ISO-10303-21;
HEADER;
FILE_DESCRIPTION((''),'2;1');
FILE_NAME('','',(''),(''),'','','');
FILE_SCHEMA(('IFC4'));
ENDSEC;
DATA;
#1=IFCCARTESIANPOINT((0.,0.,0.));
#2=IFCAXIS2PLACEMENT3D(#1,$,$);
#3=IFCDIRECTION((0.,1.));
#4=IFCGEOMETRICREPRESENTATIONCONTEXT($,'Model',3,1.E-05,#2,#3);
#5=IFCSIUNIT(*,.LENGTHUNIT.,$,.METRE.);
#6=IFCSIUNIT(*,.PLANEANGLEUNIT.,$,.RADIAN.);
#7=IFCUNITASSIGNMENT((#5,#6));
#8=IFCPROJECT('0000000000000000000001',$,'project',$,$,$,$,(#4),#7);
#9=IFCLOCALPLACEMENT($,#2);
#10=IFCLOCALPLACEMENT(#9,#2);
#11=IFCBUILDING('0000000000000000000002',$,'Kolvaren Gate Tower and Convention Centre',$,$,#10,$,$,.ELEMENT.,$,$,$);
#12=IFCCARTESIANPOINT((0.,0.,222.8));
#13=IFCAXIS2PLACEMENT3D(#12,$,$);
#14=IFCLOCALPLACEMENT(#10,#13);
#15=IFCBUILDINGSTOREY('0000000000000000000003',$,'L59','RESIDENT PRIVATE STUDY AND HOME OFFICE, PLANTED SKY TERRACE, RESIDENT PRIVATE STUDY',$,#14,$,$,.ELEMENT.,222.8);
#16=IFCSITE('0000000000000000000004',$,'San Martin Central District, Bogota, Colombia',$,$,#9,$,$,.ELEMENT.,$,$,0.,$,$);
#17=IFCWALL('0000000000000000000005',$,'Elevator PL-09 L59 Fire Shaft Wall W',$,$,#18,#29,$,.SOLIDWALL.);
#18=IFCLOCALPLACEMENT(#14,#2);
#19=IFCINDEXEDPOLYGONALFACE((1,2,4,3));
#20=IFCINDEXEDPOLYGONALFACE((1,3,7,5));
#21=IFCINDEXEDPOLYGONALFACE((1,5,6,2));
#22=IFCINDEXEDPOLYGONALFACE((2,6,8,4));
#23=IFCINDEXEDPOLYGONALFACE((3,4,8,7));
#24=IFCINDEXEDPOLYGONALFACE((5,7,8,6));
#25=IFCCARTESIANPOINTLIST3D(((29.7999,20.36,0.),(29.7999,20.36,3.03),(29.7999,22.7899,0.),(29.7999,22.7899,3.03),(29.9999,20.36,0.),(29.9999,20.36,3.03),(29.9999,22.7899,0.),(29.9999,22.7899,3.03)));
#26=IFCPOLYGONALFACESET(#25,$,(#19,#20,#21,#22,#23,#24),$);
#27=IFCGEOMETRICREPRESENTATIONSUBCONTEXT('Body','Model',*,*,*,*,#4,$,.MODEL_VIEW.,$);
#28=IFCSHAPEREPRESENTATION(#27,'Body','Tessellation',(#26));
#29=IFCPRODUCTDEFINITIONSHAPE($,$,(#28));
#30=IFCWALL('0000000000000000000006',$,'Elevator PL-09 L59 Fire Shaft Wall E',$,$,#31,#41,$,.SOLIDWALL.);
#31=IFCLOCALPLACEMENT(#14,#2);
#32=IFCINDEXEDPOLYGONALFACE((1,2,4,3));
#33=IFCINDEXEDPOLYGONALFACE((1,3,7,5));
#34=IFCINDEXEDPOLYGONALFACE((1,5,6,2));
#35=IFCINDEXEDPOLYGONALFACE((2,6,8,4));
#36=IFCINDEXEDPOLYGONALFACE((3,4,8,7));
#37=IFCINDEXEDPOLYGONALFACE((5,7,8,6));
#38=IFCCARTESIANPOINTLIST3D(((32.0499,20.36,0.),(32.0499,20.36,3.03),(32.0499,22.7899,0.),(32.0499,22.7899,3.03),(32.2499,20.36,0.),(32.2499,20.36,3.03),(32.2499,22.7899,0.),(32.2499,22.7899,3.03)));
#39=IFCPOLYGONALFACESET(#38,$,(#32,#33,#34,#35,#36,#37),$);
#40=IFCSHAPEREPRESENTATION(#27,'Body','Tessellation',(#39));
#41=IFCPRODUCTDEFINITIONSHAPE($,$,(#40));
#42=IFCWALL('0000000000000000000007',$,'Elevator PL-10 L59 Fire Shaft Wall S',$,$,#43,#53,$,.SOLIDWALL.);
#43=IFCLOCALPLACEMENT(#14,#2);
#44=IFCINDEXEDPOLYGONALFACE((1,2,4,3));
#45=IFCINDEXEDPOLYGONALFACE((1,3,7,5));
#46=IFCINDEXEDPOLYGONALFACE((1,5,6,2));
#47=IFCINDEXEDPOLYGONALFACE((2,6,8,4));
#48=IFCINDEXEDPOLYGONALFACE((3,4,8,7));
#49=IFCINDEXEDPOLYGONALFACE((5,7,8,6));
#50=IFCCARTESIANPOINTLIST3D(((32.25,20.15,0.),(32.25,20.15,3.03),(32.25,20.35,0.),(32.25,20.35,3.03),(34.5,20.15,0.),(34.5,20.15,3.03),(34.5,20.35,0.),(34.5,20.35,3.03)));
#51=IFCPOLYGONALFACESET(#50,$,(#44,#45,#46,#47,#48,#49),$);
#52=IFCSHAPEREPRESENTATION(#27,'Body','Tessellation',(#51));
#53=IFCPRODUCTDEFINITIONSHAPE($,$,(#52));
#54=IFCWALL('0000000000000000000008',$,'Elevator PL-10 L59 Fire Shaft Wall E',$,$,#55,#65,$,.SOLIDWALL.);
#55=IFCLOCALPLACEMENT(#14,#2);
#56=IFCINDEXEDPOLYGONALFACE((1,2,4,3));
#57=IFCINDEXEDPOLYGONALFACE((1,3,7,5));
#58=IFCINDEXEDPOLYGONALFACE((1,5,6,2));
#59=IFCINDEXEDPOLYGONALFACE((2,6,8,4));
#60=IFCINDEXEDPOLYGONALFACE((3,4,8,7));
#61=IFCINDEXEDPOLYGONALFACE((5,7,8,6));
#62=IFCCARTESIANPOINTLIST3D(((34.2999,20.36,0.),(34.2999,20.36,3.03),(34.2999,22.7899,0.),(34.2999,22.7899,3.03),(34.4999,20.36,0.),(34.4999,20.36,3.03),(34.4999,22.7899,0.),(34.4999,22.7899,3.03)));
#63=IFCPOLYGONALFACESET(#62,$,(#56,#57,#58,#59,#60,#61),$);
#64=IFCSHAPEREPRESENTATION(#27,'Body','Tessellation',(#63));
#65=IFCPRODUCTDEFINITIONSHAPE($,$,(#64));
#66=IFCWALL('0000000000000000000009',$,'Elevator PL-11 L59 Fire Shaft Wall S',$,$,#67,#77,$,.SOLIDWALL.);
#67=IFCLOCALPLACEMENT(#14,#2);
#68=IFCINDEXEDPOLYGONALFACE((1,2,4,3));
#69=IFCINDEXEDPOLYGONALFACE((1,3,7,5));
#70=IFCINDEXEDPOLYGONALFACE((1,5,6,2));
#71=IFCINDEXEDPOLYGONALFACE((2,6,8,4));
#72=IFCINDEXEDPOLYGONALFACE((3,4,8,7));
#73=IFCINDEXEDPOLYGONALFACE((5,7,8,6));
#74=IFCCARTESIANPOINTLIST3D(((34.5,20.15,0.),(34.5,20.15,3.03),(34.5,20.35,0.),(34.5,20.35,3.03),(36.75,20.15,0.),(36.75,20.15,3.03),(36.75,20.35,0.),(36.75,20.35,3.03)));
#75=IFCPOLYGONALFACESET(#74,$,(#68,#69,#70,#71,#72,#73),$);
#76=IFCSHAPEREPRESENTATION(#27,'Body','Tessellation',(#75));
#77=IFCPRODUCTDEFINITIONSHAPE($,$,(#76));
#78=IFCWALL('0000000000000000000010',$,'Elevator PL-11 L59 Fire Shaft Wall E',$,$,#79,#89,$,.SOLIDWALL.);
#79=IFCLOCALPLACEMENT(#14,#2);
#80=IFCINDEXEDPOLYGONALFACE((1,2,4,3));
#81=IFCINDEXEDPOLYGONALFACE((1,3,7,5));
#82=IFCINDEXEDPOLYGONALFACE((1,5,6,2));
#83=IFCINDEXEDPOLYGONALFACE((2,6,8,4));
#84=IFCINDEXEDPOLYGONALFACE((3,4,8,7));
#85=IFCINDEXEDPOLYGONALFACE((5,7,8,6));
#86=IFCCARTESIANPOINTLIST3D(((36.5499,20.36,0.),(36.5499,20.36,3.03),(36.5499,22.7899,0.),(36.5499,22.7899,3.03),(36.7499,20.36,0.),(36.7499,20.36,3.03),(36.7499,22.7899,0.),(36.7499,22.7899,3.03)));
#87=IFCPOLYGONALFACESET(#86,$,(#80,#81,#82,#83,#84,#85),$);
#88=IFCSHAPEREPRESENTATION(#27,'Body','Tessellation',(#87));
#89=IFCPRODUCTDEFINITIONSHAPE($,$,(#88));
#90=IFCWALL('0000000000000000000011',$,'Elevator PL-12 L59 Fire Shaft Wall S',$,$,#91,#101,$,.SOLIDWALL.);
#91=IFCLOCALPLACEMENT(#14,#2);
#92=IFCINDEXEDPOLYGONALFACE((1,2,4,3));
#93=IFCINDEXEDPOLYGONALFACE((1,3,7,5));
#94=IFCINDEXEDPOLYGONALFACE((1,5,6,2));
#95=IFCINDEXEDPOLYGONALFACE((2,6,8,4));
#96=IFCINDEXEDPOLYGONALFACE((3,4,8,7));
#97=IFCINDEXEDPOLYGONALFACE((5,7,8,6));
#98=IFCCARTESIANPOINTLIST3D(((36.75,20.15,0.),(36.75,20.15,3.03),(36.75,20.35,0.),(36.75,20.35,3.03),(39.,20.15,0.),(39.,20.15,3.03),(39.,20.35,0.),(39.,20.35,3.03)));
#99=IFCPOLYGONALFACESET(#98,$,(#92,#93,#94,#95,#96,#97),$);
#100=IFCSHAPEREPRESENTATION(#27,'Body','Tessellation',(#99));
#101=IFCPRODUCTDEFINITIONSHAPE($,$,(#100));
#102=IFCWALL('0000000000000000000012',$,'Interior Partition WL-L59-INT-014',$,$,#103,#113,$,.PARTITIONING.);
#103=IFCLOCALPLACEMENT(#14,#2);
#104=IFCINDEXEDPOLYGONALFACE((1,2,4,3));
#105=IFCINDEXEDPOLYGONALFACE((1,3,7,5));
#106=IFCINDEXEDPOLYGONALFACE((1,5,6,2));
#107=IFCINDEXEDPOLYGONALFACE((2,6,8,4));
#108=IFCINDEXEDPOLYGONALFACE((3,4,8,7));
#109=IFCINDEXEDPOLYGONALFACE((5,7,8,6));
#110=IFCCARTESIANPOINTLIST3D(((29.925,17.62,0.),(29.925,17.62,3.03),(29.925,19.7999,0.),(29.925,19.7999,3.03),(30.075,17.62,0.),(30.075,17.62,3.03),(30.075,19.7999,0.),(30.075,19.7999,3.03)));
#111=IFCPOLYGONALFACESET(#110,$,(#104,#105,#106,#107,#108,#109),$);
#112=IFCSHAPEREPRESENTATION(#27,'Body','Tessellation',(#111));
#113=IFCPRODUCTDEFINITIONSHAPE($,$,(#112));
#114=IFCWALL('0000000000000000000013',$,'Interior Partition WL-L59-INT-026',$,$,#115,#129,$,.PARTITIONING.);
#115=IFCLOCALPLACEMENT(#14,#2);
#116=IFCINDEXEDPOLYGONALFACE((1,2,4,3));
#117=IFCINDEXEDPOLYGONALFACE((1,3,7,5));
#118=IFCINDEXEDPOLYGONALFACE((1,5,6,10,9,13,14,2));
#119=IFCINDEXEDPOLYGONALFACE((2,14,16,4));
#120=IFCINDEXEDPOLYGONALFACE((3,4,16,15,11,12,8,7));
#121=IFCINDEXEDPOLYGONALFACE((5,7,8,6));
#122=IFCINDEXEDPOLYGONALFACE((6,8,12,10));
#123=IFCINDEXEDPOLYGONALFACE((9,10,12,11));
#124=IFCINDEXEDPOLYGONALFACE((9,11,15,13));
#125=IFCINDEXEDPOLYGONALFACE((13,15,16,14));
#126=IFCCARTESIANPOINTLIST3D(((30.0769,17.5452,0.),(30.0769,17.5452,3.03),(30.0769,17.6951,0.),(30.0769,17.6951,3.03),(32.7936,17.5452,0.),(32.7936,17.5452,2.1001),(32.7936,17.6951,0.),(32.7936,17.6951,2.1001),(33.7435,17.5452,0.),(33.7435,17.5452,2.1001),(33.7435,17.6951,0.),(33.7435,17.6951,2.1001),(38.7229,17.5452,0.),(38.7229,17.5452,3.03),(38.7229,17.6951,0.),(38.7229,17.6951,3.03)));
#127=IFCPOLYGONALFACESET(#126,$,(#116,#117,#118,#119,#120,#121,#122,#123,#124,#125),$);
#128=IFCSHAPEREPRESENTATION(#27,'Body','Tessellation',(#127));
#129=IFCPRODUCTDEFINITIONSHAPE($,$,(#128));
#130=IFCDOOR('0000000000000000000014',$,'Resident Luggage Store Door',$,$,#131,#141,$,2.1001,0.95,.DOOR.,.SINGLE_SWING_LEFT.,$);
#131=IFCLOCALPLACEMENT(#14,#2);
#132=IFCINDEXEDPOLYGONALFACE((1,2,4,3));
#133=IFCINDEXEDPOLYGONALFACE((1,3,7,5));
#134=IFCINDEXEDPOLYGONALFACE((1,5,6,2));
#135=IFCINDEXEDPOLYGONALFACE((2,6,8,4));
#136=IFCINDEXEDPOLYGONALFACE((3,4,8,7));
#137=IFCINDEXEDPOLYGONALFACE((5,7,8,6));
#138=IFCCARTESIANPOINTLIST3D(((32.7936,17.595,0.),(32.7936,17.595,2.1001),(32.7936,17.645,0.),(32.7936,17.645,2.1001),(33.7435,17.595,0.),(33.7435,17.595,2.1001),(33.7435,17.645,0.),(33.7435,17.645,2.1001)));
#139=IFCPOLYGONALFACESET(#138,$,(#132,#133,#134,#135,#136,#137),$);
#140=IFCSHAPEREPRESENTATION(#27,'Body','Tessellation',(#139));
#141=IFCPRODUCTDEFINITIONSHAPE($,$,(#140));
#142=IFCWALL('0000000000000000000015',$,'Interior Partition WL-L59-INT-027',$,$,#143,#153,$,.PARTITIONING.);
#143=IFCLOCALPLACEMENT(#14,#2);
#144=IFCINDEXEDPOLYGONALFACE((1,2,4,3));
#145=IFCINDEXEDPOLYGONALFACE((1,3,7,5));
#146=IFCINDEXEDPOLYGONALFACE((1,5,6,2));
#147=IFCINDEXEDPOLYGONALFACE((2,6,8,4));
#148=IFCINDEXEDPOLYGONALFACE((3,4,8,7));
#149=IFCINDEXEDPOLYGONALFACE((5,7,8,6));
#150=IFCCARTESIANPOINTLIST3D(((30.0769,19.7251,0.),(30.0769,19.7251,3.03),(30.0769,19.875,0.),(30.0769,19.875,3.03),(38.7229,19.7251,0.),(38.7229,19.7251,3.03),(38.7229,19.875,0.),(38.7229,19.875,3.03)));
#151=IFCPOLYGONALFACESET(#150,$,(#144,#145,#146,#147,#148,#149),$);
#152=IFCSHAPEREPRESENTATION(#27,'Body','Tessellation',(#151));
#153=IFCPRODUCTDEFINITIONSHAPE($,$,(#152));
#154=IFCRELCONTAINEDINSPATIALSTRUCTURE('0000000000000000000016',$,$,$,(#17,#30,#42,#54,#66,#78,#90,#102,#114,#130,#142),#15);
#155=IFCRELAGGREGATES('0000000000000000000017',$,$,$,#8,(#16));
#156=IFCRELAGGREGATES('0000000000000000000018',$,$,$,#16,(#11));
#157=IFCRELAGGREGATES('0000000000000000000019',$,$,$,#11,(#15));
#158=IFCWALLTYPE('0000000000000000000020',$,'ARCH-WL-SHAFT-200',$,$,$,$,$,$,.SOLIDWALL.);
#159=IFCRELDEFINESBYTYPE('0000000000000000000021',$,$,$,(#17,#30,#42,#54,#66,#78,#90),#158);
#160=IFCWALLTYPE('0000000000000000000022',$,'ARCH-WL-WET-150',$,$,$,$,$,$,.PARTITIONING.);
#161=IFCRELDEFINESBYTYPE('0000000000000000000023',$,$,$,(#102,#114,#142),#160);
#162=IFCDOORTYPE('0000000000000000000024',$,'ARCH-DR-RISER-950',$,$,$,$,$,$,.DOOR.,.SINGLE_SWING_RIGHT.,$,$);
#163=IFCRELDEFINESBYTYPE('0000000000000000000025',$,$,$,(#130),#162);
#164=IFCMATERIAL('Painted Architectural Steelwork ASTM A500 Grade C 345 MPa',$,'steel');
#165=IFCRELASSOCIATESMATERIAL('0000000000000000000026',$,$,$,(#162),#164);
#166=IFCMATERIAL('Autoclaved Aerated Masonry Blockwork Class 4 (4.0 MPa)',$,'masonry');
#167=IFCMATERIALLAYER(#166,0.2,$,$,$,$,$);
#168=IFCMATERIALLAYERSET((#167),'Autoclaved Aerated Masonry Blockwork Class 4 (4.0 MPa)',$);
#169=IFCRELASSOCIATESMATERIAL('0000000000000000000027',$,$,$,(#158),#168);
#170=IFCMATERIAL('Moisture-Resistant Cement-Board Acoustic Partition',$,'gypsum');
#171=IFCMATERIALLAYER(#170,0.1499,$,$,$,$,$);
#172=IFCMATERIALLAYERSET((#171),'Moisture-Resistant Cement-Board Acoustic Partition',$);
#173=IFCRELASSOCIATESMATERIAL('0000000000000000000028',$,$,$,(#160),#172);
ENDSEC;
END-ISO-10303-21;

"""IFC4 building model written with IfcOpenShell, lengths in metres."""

from ifc_helpers import new_model, si_unit, direction, frame, frame_2d, origin, place, context, subcontext, project, spatial, rectangle, extrude, material, layer, layer_set, type_object, element, fill, save


model = new_model("IFC4")

# Units and contexts
model_context = context("Model", 3, precision=1e-05, world=origin(), true_north=direction((0.0, 1.0)))
body_context = subcontext(model_context, "Body", "Model", "MODEL_VIEW")
ifc_project = project(units=[si_unit("LENGTHUNIT", "METRE"), si_unit("PLANEANGLEUNIT", "RADIAN")], contexts=[model_context])

# Site, building, storey
site_placement = place(None, origin())
site = spatial("IfcSite", under=ifc_project, at=site_placement, Name="San Martin Central District, Bogota, Colombia", CompositionType="ELEMENT", RefElevation=0.0)
building_placement = place(site_placement, origin())
building = spatial("IfcBuilding", under=site, at=building_placement, Name="Kolvaren Gate Tower and Convention Centre", CompositionType="ELEMENT")
storey_placement = place(building_placement, frame((0.0, 0.0, 222.8)))
storey = spatial("IfcBuildingStorey", under=building, at=storey_placement, Name="L59", Description="RESIDENT PRIVATE STUDY AND HOME OFFICE, PLANTED SKY TERRACE, RESIDENT PRIVATE STUDY", CompositionType="ELEMENT", Elevation=222.8)

# Shared definitions
ifc_material_1 = material(Name="Painted Architectural Steelwork ASTM A500 Grade C 345 MPa", Category="steel")
door_type_1 = type_object("IfcDoorType", Name="ARCH-DR-RISER-950", OperationType="SINGLE_SWING_RIGHT", PredefinedType="DOOR", material=ifc_material_1)

# Shared definitions
ifc_material_2 = material(Name="Autoclaved Aerated Masonry Blockwork Class 4 (4.0 MPa)", Category="masonry")
ifc_layer_1 = layer(ifc_material_2, 0.2)
ifc_layer_set_1 = layer_set([ifc_layer_1], Name="Autoclaved Aerated Masonry Blockwork Class 4 (4.0 MPa)")
wall_type_1 = type_object("IfcWallType", Name="ARCH-WL-SHAFT-200", PredefinedType="SOLIDWALL", material=ifc_layer_set_1)

# Walls
for number, where, z_axis, x_axis, name in (
    (1, (29.8999, 20.3601, 0.0), (0.0, 0.0, 1.0), (0.0, 1.0, 0.0), "Elevator PL-09 L59 Fire Shaft Wall W"),
    (2, (32.1499, 20.3601, 0.0), (0.0, 0.0, 1.0), (0.0, 1.0, 0.0), "Elevator PL-09 L59 Fire Shaft Wall E"),
):
    element("IfcWall", number, at=place(storey_placement, frame(where, z_axis=z_axis, x_axis=x_axis)), inside=storey, type_object=wall_type_1, Name=name, PredefinedType="SOLIDWALL", context=body_context, shape_type="SweptSolid", body=[
        extrude(rectangle(XDim=2.4299, YDim=0.2, at=frame_2d((1.2148, 0.0))), origin(), (0.0, 0.0, 1.0), 3.03),
    ])
wall_1_placement = place(storey_placement, frame((32.25, 20.25, 0.0), z_axis=(0.0, 0.0, 1.0), x_axis=(1.0, 0.0, 0.0)))
element("IfcWall", 3, at=wall_1_placement, inside=storey, type_object=wall_type_1, Name="Elevator PL-10 L59 Fire Shaft Wall S", PredefinedType="SOLIDWALL", context=body_context, shape_type="SweptSolid", body=[
    extrude(rectangle(XDim=2.25, YDim=0.2, at=frame_2d((1.125, 0.0))), origin(), (0.0, 0.0, 1.0), 3.03),
])
wall_2_placement = place(storey_placement, frame((34.3999, 20.3601, 0.0), z_axis=(0.0, 0.0, 1.0), x_axis=(0.0, 1.0, 0.0)))
element("IfcWall", 4, at=wall_2_placement, inside=storey, type_object=wall_type_1, Name="Elevator PL-10 L59 Fire Shaft Wall E", PredefinedType="SOLIDWALL", context=body_context, shape_type="SweptSolid", body=[
    extrude(rectangle(XDim=2.4299, YDim=0.2, at=frame_2d((1.2148, 0.0))), origin(), (0.0, 0.0, 1.0), 3.03),
])
wall_3_placement = place(storey_placement, frame((34.5, 20.25, 0.0), z_axis=(0.0, 0.0, 1.0), x_axis=(1.0, 0.0, 0.0)))
element("IfcWall", 5, at=wall_3_placement, inside=storey, type_object=wall_type_1, Name="Elevator PL-11 L59 Fire Shaft Wall S", PredefinedType="SOLIDWALL", context=body_context, shape_type="SweptSolid", body=[
    extrude(rectangle(XDim=2.25, YDim=0.2, at=frame_2d((1.125, 0.0))), origin(), (0.0, 0.0, 1.0), 3.03),
])
wall_4_placement = place(storey_placement, frame((36.6499, 20.3601, 0.0), z_axis=(0.0, 0.0, 1.0), x_axis=(0.0, 1.0, 0.0)))
element("IfcWall", 6, at=wall_4_placement, inside=storey, type_object=wall_type_1, Name="Elevator PL-11 L59 Fire Shaft Wall E", PredefinedType="SOLIDWALL", context=body_context, shape_type="SweptSolid", body=[
    extrude(rectangle(XDim=2.4299, YDim=0.2, at=frame_2d((1.2148, 0.0))), origin(), (0.0, 0.0, 1.0), 3.03),
])
wall_5_placement = place(storey_placement, frame((36.75, 20.25, 0.0), z_axis=(0.0, 0.0, 1.0), x_axis=(1.0, 0.0, 0.0)))
element("IfcWall", 7, at=wall_5_placement, inside=storey, type_object=wall_type_1, Name="Elevator PL-12 L59 Fire Shaft Wall S", PredefinedType="SOLIDWALL", context=body_context, shape_type="SweptSolid", body=[
    extrude(rectangle(XDim=2.25, YDim=0.2, at=frame_2d((1.125, 0.0))), origin(), (0.0, 0.0, 1.0), 3.03),
])
ifc_material_3 = material(Name="Moisture-Resistant Cement-Board Acoustic Partition", Category="gypsum")
ifc_layer_2 = layer(ifc_material_3, 0.1499)
ifc_layer_set_2 = layer_set([ifc_layer_2], Name="Moisture-Resistant Cement-Board Acoustic Partition")
wall_type_2 = type_object("IfcWallType", Name="ARCH-WL-WET-150", PredefinedType="PARTITIONING", material=ifc_layer_set_2)
wall_6_placement = place(storey_placement, frame((30.0, 17.6201, 0.0), z_axis=(0.0, 0.0, 1.0), x_axis=(0.0, 1.0, 0.0)))
element("IfcWall", 8, at=wall_6_placement, inside=storey, type_object=wall_type_2, Name="Interior Partition WL-L59-INT-014", PredefinedType="PARTITIONING", context=body_context, shape_type="SweptSolid", body=[
    extrude(rectangle(XDim=2.1799, YDim=0.1499, at=frame_2d((1.0898, 0.0))), origin(), (0.0, 0.0, 1.0), 3.03),
])

# Wall, opening, door
wall_7_placement = place(storey_placement, frame((30.0769, 17.6201, 0.0), z_axis=(0.0, 0.0, 1.0), x_axis=(1.0, 0.0, 0.0)))
wall_7 = element("IfcWall", 9, at=wall_7_placement, inside=storey, type_object=wall_type_2, Name="Interior Partition WL-L59-INT-026", PredefinedType="PARTITIONING", context=body_context, shape_type="SweptSolid", body=[
    extrude(rectangle(XDim=8.646, YDim=0.1499, at=frame_2d((4.323, 0.0))), origin(), (0.0, 0.0, 1.0), 3.03),
])
opening_1_placement = place(wall_7_placement, frame((2.7166, 0.0, 0.0)))
opening_1 = element("IfcOpeningElement", 10, at=opening_1_placement, cuts=wall_7, PredefinedType="OPENING", context=body_context, shape_type="SweptSolid", body=[
    extrude(rectangle(XDim=0.95, YDim=2.1001, at=frame_2d((0.4751, 1.05))), frame((0.0, 0.085, 0.0), z_axis=(0.0, -1.0, 0.0), x_axis=(1.0, 0.0, 0.0)), (0.0, 0.0, 1.0), 0.1699),
])
door_1_placement = place(opening_1_placement, origin())
door_1 = element("IfcDoor", 11, at=door_1_placement, inside=storey, type_object=door_type_1, Name="Resident Luggage Store Door", OperationType="SINGLE_SWING_LEFT", OverallHeight=2.1001, OverallWidth=0.95, PredefinedType="DOOR", context=body_context, shape_type="SweptSolid", body=[
    extrude(rectangle(XDim=0.95, YDim=2.1001, at=frame_2d((0.4751, 1.05))), frame((0.0, 0.0249, 0.0), z_axis=(0.0, -1.0, 0.0), x_axis=(1.0, 0.0, 0.0)), (0.0, 0.0, 1.0), 0.05),
])
fill(opening_1, door_1)

# Wall
wall_8_placement = place(storey_placement, frame((30.0769, 19.8, 0.0), z_axis=(0.0, 0.0, 1.0), x_axis=(1.0, 0.0, 0.0)))
element("IfcWall", 12, at=wall_8_placement, inside=storey, type_object=wall_type_2, Name="Interior Partition WL-L59-INT-027", PredefinedType="PARTITIONING", context=body_context, shape_type="SweptSolid", body=[
    extrude(rectangle(XDim=8.646, YDim=0.1499, at=frame_2d((4.323, 0.0))), origin(), (0.0, 0.0, 1.0), 3.03),
])

save(model, "model.ifc")
